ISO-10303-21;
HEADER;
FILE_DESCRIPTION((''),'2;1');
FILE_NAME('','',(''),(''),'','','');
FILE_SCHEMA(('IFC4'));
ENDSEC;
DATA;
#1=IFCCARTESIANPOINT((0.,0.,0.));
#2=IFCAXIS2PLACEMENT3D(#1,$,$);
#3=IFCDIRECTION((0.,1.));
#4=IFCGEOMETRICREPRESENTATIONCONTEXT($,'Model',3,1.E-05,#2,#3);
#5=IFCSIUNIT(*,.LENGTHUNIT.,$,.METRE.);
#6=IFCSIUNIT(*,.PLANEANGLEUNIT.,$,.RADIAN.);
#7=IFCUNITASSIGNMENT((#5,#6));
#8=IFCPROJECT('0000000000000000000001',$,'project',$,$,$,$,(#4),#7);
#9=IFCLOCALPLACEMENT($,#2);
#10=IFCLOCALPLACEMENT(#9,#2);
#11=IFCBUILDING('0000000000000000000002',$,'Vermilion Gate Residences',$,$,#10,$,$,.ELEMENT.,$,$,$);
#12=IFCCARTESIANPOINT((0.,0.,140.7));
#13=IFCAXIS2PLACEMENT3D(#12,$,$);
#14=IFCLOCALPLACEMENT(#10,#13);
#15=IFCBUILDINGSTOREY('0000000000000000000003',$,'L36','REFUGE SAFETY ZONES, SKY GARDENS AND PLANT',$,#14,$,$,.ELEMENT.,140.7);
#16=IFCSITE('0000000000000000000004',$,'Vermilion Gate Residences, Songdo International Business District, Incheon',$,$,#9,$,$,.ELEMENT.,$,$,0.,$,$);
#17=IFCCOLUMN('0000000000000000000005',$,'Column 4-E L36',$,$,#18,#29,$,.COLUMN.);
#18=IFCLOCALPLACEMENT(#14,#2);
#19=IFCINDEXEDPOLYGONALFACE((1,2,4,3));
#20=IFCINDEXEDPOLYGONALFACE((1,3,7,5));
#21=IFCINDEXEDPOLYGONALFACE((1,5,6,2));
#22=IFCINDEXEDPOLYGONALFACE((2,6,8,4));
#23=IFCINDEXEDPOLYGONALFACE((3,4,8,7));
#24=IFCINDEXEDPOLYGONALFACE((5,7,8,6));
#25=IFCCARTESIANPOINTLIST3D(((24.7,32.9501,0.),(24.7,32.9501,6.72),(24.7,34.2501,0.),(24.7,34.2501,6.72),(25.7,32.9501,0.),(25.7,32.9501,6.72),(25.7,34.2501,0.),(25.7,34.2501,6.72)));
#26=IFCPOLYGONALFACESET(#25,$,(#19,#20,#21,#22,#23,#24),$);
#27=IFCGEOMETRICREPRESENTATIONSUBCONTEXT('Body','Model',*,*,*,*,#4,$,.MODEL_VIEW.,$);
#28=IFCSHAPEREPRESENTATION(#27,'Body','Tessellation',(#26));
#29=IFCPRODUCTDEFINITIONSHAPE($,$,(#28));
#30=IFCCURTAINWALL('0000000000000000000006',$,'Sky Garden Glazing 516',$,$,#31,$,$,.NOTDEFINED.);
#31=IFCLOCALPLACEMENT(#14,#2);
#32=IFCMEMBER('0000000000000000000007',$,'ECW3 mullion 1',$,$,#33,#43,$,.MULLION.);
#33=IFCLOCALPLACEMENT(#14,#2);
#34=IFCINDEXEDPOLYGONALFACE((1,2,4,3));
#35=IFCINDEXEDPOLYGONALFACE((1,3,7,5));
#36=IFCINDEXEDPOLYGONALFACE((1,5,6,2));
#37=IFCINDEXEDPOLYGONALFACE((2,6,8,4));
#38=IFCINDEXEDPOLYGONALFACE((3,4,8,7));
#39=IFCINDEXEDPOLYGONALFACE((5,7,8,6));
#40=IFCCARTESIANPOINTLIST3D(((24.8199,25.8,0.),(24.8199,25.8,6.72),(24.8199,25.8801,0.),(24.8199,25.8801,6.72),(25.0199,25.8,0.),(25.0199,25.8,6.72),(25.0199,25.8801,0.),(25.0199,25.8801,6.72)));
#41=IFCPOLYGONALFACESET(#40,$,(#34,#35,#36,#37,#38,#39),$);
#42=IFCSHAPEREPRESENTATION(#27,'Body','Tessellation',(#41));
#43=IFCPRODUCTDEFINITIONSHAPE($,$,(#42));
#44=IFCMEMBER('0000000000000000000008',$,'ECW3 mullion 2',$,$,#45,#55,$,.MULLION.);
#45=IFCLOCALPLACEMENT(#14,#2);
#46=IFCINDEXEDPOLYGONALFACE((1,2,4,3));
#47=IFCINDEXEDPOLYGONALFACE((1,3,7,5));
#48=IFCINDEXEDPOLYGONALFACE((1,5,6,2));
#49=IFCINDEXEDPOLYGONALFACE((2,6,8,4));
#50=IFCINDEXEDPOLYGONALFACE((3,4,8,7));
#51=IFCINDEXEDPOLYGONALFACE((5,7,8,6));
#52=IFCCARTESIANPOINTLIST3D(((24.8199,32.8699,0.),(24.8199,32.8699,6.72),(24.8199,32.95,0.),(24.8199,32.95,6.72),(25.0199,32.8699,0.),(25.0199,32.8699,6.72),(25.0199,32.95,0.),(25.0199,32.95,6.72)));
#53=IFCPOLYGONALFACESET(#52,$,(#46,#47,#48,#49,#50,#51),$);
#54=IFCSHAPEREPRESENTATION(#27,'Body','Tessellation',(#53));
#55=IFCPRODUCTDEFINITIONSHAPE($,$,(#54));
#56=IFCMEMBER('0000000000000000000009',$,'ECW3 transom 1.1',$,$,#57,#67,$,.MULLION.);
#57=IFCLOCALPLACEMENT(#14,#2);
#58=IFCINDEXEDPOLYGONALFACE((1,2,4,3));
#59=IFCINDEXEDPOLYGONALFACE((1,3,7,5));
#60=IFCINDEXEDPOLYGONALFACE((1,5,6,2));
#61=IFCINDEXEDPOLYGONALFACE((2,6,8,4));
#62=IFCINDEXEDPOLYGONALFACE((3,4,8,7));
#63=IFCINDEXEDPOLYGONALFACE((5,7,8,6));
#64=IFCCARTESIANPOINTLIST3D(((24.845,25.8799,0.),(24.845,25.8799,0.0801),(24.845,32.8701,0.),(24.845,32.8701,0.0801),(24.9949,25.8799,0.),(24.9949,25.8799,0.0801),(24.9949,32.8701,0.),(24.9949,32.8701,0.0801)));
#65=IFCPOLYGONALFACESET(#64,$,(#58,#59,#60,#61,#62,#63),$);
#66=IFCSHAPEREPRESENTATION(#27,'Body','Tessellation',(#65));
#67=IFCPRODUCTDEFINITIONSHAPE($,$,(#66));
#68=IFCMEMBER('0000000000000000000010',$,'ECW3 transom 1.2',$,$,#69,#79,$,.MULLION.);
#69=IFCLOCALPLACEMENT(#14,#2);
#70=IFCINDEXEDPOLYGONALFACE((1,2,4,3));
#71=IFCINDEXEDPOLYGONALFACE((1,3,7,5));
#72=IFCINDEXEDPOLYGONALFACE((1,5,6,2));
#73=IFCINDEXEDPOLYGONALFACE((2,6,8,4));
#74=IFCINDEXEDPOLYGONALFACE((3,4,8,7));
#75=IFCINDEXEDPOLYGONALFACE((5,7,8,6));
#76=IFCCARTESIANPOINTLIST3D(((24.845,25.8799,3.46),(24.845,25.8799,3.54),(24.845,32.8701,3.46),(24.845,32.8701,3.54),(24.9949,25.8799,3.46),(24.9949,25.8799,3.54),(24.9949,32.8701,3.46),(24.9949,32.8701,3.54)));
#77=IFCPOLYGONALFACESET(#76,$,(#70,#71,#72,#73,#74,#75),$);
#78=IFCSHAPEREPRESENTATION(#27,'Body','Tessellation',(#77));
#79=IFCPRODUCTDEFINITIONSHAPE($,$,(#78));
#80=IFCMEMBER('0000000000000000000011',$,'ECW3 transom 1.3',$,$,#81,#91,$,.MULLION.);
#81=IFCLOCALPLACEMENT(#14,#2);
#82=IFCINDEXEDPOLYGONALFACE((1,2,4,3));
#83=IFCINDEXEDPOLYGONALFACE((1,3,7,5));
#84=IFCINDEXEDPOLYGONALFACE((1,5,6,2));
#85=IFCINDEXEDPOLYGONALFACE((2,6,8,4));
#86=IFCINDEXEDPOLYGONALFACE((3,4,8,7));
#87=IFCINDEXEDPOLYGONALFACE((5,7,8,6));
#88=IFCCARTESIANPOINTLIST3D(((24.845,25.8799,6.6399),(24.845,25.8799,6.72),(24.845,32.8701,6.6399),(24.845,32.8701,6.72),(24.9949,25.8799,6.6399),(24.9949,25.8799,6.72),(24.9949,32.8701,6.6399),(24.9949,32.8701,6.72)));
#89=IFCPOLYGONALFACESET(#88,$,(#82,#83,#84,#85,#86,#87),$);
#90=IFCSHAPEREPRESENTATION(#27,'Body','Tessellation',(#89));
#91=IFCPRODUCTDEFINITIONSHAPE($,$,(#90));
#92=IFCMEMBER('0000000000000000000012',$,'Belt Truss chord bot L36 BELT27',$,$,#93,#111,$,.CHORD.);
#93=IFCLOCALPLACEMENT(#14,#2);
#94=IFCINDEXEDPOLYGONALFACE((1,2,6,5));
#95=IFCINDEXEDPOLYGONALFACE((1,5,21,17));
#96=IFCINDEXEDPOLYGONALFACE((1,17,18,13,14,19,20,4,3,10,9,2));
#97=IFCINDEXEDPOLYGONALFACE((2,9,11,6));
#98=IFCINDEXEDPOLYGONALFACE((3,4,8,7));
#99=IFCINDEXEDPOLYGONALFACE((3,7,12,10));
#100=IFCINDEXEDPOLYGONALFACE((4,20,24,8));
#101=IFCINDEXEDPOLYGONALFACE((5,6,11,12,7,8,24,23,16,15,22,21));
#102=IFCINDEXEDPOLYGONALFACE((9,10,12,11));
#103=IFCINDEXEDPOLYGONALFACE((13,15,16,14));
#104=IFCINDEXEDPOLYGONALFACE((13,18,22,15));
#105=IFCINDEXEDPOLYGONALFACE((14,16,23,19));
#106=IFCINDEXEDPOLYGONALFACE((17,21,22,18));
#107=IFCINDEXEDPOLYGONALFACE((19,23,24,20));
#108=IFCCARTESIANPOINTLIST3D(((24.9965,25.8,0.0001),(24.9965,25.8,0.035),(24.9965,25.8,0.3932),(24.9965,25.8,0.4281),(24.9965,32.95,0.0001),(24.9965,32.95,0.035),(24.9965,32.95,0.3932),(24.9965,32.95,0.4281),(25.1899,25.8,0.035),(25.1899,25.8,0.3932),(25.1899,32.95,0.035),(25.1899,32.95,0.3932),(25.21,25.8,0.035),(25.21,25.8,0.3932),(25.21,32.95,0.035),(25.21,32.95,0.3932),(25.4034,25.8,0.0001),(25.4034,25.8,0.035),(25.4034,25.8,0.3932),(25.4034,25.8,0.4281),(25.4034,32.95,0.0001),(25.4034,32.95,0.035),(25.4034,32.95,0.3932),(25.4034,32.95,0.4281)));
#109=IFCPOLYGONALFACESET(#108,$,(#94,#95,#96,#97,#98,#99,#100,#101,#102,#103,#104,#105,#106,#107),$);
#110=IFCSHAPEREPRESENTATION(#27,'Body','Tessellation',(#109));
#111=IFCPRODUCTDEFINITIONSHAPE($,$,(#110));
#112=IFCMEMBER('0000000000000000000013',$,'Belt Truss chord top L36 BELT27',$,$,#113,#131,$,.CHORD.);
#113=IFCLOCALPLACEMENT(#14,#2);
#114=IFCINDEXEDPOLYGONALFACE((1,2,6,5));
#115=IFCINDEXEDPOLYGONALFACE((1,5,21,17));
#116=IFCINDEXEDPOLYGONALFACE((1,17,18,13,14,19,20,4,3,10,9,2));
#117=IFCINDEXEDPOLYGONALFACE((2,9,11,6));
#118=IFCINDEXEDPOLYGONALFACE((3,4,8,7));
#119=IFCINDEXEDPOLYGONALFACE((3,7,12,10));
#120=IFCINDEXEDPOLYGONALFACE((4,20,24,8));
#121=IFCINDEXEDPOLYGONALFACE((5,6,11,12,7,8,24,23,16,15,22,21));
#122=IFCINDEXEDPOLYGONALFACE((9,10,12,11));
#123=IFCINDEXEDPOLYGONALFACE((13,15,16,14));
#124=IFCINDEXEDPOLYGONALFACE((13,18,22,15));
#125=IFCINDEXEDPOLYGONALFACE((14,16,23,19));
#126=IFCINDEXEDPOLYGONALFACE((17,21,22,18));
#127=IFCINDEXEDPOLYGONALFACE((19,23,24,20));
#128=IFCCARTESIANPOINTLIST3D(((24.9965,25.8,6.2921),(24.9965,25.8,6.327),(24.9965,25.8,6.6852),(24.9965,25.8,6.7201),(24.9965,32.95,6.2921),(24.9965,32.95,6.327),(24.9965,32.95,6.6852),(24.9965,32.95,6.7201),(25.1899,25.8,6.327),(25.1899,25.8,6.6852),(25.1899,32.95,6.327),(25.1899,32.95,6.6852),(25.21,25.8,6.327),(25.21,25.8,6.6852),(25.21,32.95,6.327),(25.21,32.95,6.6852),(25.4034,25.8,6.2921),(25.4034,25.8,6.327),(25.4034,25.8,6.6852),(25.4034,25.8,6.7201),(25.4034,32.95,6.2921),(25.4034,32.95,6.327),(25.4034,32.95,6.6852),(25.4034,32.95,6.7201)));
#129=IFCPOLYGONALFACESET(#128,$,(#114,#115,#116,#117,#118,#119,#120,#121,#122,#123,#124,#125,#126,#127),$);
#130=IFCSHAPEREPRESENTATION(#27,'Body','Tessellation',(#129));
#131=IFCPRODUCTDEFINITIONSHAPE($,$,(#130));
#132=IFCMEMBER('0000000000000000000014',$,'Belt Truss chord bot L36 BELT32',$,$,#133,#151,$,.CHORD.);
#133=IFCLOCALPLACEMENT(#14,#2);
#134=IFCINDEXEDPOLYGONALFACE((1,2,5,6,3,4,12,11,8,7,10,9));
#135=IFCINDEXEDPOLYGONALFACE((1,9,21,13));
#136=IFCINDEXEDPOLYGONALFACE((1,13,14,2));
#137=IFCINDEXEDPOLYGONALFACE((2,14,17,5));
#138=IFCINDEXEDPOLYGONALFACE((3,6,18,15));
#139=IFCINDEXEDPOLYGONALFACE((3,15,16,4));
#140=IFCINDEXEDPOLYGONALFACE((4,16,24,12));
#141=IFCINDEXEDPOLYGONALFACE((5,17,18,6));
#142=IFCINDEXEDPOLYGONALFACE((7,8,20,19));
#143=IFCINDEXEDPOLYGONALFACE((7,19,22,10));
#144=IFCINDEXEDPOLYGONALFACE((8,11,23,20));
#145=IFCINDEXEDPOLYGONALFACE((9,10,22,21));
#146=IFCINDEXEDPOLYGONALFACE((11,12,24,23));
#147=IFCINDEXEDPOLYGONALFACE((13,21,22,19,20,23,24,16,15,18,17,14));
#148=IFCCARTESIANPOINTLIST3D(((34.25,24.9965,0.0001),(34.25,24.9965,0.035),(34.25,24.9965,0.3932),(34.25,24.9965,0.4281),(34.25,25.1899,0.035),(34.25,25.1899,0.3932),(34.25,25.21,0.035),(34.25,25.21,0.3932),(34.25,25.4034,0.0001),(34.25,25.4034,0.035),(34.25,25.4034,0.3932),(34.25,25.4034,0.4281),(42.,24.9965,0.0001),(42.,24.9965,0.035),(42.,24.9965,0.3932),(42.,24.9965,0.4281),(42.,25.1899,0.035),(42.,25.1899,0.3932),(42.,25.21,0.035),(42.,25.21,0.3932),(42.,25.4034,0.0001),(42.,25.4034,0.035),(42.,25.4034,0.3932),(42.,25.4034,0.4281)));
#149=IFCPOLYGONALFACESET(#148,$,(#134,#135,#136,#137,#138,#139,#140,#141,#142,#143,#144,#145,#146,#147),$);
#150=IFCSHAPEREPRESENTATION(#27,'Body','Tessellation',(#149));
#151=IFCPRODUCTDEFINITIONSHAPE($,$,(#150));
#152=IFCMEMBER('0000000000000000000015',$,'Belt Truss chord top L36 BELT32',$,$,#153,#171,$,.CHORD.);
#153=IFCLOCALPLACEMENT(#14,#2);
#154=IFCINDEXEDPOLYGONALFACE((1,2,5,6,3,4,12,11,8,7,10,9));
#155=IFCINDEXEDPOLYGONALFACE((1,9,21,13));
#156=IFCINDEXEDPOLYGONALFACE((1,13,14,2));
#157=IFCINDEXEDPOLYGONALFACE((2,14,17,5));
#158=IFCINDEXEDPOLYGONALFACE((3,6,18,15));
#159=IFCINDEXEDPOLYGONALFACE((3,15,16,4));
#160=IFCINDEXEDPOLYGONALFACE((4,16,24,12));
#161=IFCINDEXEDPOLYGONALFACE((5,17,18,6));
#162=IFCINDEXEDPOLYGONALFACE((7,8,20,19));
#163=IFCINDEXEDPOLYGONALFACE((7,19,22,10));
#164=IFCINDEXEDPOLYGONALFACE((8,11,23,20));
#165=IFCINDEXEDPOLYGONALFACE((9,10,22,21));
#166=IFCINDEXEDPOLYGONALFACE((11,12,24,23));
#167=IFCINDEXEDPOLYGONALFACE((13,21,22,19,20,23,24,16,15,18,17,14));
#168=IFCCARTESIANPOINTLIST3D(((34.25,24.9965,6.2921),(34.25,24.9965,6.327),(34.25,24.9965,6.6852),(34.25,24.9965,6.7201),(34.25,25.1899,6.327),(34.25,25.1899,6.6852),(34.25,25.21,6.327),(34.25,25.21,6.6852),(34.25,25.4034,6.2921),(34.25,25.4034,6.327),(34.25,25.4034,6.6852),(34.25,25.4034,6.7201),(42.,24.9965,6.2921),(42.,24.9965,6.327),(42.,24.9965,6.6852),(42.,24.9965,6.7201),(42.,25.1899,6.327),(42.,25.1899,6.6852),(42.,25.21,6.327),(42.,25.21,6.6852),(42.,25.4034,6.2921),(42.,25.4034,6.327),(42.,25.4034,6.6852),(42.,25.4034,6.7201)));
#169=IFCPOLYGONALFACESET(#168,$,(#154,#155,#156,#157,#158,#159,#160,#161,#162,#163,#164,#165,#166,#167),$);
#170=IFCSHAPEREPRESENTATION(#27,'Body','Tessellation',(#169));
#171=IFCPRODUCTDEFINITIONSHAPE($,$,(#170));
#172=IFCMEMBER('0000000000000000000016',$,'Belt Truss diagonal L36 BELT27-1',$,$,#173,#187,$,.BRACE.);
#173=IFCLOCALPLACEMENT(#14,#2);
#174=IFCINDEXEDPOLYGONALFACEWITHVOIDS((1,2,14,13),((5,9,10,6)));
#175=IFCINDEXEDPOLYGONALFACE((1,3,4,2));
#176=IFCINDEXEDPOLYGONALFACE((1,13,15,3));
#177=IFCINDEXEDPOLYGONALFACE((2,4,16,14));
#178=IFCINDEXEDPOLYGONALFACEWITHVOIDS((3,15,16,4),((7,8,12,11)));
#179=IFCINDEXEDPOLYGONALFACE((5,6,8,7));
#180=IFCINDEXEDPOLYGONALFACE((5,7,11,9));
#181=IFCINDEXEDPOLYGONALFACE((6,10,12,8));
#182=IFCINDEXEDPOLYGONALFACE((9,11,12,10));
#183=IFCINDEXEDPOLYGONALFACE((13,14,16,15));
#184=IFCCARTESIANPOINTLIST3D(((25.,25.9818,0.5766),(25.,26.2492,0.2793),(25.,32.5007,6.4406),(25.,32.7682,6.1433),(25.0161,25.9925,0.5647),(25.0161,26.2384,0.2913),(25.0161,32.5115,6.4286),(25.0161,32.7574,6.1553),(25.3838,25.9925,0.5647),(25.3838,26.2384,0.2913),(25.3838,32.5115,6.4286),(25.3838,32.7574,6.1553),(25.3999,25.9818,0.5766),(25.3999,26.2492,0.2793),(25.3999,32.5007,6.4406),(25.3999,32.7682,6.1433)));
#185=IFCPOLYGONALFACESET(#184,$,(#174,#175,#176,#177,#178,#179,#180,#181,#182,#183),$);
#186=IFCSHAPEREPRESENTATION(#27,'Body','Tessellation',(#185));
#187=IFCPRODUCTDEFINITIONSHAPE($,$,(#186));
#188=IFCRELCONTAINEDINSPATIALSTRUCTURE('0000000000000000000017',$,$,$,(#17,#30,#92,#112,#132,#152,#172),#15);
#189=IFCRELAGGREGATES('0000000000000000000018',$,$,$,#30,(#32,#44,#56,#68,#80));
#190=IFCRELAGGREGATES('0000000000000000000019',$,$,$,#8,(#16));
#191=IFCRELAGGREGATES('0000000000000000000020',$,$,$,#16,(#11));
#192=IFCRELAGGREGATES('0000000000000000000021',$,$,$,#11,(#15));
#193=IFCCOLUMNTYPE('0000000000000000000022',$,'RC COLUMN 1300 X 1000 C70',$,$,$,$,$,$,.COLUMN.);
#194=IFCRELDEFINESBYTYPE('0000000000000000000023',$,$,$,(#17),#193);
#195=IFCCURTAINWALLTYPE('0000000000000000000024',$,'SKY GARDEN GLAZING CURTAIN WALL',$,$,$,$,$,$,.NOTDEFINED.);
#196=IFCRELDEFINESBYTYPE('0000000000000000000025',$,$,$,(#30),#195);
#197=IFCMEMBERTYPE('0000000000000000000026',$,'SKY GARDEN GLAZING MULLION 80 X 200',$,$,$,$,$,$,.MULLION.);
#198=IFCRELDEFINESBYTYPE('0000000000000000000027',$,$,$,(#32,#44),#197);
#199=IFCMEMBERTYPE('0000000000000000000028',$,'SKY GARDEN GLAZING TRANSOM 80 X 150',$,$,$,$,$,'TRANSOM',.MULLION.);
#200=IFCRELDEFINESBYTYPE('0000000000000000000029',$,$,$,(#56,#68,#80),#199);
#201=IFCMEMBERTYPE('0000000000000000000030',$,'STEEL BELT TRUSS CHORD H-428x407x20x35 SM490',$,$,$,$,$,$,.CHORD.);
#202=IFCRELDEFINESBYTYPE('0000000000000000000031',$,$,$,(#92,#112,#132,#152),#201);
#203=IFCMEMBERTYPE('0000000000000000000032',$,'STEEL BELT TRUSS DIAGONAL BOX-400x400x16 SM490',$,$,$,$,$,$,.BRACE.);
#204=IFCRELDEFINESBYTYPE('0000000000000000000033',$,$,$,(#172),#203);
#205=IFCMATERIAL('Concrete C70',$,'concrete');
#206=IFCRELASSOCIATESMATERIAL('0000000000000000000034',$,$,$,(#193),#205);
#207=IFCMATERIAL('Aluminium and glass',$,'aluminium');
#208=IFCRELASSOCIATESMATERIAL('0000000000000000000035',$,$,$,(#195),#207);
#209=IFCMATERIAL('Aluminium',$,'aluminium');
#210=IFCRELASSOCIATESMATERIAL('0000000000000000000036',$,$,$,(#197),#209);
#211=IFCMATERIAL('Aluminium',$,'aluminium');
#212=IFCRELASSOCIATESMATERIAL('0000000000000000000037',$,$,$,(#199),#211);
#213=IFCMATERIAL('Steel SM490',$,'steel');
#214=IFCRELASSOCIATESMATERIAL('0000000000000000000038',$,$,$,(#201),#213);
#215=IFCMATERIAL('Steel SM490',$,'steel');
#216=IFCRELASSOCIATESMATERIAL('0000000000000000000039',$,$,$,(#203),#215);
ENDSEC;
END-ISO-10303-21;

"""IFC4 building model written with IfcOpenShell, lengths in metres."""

from ifc_helpers import new_model, si_unit, direction, frame, origin, origin_2d, place, context, subcontext, project, spatial, rectangle, hollow_rectangle, i_section, extrude, material, material_profile, profile_set, type_object, element, aggregate, save


model = new_model("IFC4")

# Units and contexts
model_context = context("Model", 3, precision=1e-05, world=origin(), true_north=direction((0.0, 1.0)))
body_context = subcontext(model_context, "Body", "Model", "MODEL_VIEW")
ifc_project = project(units=[si_unit("LENGTHUNIT", "METRE"), si_unit("PLANEANGLEUNIT", "RADIAN")], contexts=[model_context])

# Site, building, storey
site_placement = place(None, origin())
site = spatial("IfcSite", under=ifc_project, at=site_placement, Name="Vermilion Gate Residences, Songdo International Business District, Incheon", CompositionType="ELEMENT", RefElevation=0.0)
building_placement = place(site_placement, origin())
building = spatial("IfcBuilding", under=site, at=building_placement, Name="Vermilion Gate Residences", CompositionType="ELEMENT")
storey_placement = place(building_placement, frame((0.0, 0.0, 140.7)))
storey = spatial("IfcBuildingStorey", under=building, at=storey_placement, Name="L36", Description="REFUGE SAFETY ZONES, SKY GARDENS AND PLANT", CompositionType="ELEMENT", Elevation=140.7)

# Column
ifc_material_1 = material(Name="Concrete C70", Category="concrete")
ifc_material_profile_1 = material_profile(ifc_material_1, rectangle(XDim=1.3, YDim=1.0, at=origin_2d()), Name="RC-1300x1000")
ifc_profile_set_1 = profile_set([ifc_material_profile_1], Name="Concrete C70")
column_type = type_object("IfcColumnType", Name="RC COLUMN 1300 X 1000 C70", PredefinedType="COLUMN", material=ifc_profile_set_1)
column_placement = place(storey_placement, frame((25.2, 33.6001, 0.0), z_axis=(0.0, 0.0, 1.0), x_axis=(0.0, 1.0, 0.0)))
element("IfcColumn", 1, at=column_placement, inside=storey, type_object=column_type, Name="Column 4-E L36", PredefinedType="COLUMN", context=body_context, shape_type="SweptSolid", body=[
    extrude(rectangle(XDim=1.3, YDim=1.0, at=origin_2d()), origin(), (0.0, 0.0, 1.0), 6.72),
])

# Curtain wall, members
ifc_material_2 = material(Name="Aluminium and glass", Category="aluminium")
curtain_wall_type = type_object("IfcCurtainWallType", Name="SKY GARDEN GLAZING CURTAIN WALL", PredefinedType="NOTDEFINED", material=ifc_material_2)
curtain_wall_placement = place(storey_placement, origin())
curtain_wall = element("IfcCurtainWall", 2, at=curtain_wall_placement, inside=storey, type_object=curtain_wall_type, Name="Sky Garden Glazing 516", PredefinedType="NOTDEFINED")
ifc_material_3 = material(Name="Aluminium", Category="aluminium")
ifc_material_profile_2 = material_profile(ifc_material_3, rectangle(XDim=0.2, YDim=0.0801, at=origin_2d()), Name="MULLION 80 X 200")
ifc_profile_set_2 = profile_set([ifc_material_profile_2], Name="Aluminium")
member_type_1 = type_object("IfcMemberType", Name="SKY GARDEN GLAZING MULLION 80 X 200", PredefinedType="MULLION", material=ifc_profile_set_2)
member_1_placement = place(storey_placement, frame((24.9199, 25.8401, 0.0), z_axis=(0.0, 0.0, 1.0), x_axis=(-1.0, 0.0, 0.0)))
member_1 = element("IfcMember", 3, at=member_1_placement, type_object=member_type_1, Name="ECW3 mullion 1", PredefinedType="MULLION", context=body_context, shape_type="SweptSolid", body=[
    extrude(rectangle(XDim=0.2, YDim=0.0801, at=origin_2d()), origin(), (0.0, 0.0, 1.0), 6.72),
])
member_2_placement = place(storey_placement, frame((24.9199, 32.9099, 0.0), z_axis=(0.0, 0.0, 1.0), x_axis=(-1.0, 0.0, 0.0)))
member_2 = element("IfcMember", 4, at=member_2_placement, type_object=member_type_1, Name="ECW3 mullion 2", PredefinedType="MULLION", context=body_context, shape_type="SweptSolid", body=[
    extrude(rectangle(XDim=0.2, YDim=0.0801, at=origin_2d()), origin(), (0.0, 0.0, 1.0), 6.72),
])
ifc_material_4 = material(Name="Aluminium", Category="aluminium")
ifc_material_profile_3 = material_profile(ifc_material_4, rectangle(XDim=0.1499, YDim=0.0801, at=origin_2d()), Name="TRANSOM 80 X 150")
ifc_profile_set_3 = profile_set([ifc_material_profile_3], Name="Aluminium")
member_type_2 = type_object("IfcMemberType", Name="SKY GARDEN GLAZING TRANSOM 80 X 150", ElementType="TRANSOM", PredefinedType="MULLION", material=ifc_profile_set_3)
member_3_placement = place(storey_placement, frame((24.9199, 25.8799, 0.04), z_axis=(0.0, 1.0, 0.0), x_axis=(-1.0, 0.0, 0.0)))
member_3 = element("IfcMember", 5, at=member_3_placement, type_object=member_type_2, Name="ECW3 transom 1.1", PredefinedType="MULLION", context=body_context, shape_type="SweptSolid", body=[
    extrude(rectangle(XDim=0.1499, YDim=0.0801, at=origin_2d()), origin(), (0.0, 0.0, 1.0), 6.9902),
])
member_4_placement = place(storey_placement, frame((24.9199, 25.8799, 3.5), z_axis=(0.0, 1.0, 0.0), x_axis=(-1.0, 0.0, 0.0)))
member_4 = element("IfcMember", 6, at=member_4_placement, type_object=member_type_2, Name="ECW3 transom 1.2", PredefinedType="MULLION", context=body_context, shape_type="SweptSolid", body=[
    extrude(rectangle(XDim=0.1499, YDim=0.0801, at=origin_2d()), origin(), (0.0, 0.0, 1.0), 6.9902),
])
member_5_placement = place(storey_placement, frame((24.9199, 25.8799, 6.6799), z_axis=(0.0, 1.0, 0.0), x_axis=(-1.0, 0.0, 0.0)))
member_5 = element("IfcMember", 7, at=member_5_placement, type_object=member_type_2, Name="ECW3 transom 1.3", PredefinedType="MULLION", context=body_context, shape_type="SweptSolid", body=[
    extrude(rectangle(XDim=0.1499, YDim=0.0801, at=origin_2d()), origin(), (0.0, 0.0, 1.0), 6.9902),
])

# Members
ifc_material_5 = material(Name="Steel SM490", Category="steel")
ifc_material_profile_4 = material_profile(ifc_material_5, i_section(OverallWidth=0.407, OverallDepth=0.428, WebThickness=0.02, FlangeThickness=0.0349, at=origin_2d()), Name="H-428x407x20x35")
ifc_profile_set_4 = profile_set([ifc_material_profile_4], Name="Steel SM490")
member_type_3 = type_object("IfcMemberType", Name="STEEL BELT TRUSS CHORD H-428x407x20x35 SM490", PredefinedType="CHORD", material=ifc_profile_set_4)
for number, where, z_axis, x_axis, name in (
    (8, (25.2, 25.8, 0.2141), (0.0, 1.0, 0.0), (-1.0, 0.0, 0.0), "Belt Truss chord bot L36 BELT27"),
    (9, (25.2, 25.8, 6.5061), (0.0, 1.0, 0.0), (-1.0, 0.0, 0.0), "Belt Truss chord top L36 BELT27"),
):
    element("IfcMember", number, at=place(storey_placement, frame(where, z_axis=z_axis, x_axis=x_axis)), inside=storey, type_object=member_type_3, Name=name, PredefinedType="CHORD", context=body_context, shape_type="SweptSolid", body=[
        extrude(i_section(OverallWidth=0.407, OverallDepth=0.428, WebThickness=0.02, FlangeThickness=0.0349, at=origin_2d()), origin(), (0.0, 0.0, 1.0), 7.1499),
    ])
for number, where, z_axis, x_axis, name in (
    (10, (34.25, 25.2, 0.2141), (1.0, 0.0, 0.0), (0.0, 1.0, 0.0), "Belt Truss chord bot L36 BELT32"),
    (11, (34.25, 25.2, 6.5061), (1.0, 0.0, 0.0), (0.0, 1.0, 0.0), "Belt Truss chord top L36 BELT32"),
):
    element("IfcMember", number, at=place(storey_placement, frame(where, z_axis=z_axis, x_axis=x_axis)), inside=storey, type_object=member_type_3, Name=name, PredefinedType="CHORD", context=body_context, shape_type="SweptSolid", body=[
        extrude(i_section(OverallWidth=0.407, OverallDepth=0.428, WebThickness=0.02, FlangeThickness=0.0349, at=origin_2d()), origin(), (0.0, 0.0, 1.0), 7.75),
    ])
ifc_material_6 = material(Name="Steel SM490", Category="steel")
ifc_material_profile_5 = material_profile(ifc_material_6, hollow_rectangle(XDim=0.3999, YDim=0.3999, WallThickness=0.0161, at=origin_2d()), Name="BOX-400x400x16")
ifc_profile_set_5 = profile_set([ifc_material_profile_5], Name="Steel SM490")
member_type_4 = type_object("IfcMemberType", Name="STEEL BELT TRUSS DIAGONAL BOX-400x400x16 SM490", PredefinedType="BRACE", material=ifc_profile_set_5)
member_6_placement = place(storey_placement, frame((25.2, 26.1155, 0.428), z_axis=(0.0, 0.743471, 0.668768), x_axis=(-1.0, 0.0, 0.0)))
element("IfcMember", 12, at=member_6_placement, inside=storey, type_object=member_type_4, Name="Belt Truss diagonal L36 BELT27-1", PredefinedType="BRACE", context=body_context, shape_type="SweptSolid", body=[
    extrude(hollow_rectangle(XDim=0.3999, YDim=0.3999, WallThickness=0.0161, at=origin_2d()), origin(), (0.0, 0.0, 1.0), 8.7683),
])

aggregate(curtain_wall, [member_1, member_2, member_3, member_4, member_5])

save(model, "model.ifc")
